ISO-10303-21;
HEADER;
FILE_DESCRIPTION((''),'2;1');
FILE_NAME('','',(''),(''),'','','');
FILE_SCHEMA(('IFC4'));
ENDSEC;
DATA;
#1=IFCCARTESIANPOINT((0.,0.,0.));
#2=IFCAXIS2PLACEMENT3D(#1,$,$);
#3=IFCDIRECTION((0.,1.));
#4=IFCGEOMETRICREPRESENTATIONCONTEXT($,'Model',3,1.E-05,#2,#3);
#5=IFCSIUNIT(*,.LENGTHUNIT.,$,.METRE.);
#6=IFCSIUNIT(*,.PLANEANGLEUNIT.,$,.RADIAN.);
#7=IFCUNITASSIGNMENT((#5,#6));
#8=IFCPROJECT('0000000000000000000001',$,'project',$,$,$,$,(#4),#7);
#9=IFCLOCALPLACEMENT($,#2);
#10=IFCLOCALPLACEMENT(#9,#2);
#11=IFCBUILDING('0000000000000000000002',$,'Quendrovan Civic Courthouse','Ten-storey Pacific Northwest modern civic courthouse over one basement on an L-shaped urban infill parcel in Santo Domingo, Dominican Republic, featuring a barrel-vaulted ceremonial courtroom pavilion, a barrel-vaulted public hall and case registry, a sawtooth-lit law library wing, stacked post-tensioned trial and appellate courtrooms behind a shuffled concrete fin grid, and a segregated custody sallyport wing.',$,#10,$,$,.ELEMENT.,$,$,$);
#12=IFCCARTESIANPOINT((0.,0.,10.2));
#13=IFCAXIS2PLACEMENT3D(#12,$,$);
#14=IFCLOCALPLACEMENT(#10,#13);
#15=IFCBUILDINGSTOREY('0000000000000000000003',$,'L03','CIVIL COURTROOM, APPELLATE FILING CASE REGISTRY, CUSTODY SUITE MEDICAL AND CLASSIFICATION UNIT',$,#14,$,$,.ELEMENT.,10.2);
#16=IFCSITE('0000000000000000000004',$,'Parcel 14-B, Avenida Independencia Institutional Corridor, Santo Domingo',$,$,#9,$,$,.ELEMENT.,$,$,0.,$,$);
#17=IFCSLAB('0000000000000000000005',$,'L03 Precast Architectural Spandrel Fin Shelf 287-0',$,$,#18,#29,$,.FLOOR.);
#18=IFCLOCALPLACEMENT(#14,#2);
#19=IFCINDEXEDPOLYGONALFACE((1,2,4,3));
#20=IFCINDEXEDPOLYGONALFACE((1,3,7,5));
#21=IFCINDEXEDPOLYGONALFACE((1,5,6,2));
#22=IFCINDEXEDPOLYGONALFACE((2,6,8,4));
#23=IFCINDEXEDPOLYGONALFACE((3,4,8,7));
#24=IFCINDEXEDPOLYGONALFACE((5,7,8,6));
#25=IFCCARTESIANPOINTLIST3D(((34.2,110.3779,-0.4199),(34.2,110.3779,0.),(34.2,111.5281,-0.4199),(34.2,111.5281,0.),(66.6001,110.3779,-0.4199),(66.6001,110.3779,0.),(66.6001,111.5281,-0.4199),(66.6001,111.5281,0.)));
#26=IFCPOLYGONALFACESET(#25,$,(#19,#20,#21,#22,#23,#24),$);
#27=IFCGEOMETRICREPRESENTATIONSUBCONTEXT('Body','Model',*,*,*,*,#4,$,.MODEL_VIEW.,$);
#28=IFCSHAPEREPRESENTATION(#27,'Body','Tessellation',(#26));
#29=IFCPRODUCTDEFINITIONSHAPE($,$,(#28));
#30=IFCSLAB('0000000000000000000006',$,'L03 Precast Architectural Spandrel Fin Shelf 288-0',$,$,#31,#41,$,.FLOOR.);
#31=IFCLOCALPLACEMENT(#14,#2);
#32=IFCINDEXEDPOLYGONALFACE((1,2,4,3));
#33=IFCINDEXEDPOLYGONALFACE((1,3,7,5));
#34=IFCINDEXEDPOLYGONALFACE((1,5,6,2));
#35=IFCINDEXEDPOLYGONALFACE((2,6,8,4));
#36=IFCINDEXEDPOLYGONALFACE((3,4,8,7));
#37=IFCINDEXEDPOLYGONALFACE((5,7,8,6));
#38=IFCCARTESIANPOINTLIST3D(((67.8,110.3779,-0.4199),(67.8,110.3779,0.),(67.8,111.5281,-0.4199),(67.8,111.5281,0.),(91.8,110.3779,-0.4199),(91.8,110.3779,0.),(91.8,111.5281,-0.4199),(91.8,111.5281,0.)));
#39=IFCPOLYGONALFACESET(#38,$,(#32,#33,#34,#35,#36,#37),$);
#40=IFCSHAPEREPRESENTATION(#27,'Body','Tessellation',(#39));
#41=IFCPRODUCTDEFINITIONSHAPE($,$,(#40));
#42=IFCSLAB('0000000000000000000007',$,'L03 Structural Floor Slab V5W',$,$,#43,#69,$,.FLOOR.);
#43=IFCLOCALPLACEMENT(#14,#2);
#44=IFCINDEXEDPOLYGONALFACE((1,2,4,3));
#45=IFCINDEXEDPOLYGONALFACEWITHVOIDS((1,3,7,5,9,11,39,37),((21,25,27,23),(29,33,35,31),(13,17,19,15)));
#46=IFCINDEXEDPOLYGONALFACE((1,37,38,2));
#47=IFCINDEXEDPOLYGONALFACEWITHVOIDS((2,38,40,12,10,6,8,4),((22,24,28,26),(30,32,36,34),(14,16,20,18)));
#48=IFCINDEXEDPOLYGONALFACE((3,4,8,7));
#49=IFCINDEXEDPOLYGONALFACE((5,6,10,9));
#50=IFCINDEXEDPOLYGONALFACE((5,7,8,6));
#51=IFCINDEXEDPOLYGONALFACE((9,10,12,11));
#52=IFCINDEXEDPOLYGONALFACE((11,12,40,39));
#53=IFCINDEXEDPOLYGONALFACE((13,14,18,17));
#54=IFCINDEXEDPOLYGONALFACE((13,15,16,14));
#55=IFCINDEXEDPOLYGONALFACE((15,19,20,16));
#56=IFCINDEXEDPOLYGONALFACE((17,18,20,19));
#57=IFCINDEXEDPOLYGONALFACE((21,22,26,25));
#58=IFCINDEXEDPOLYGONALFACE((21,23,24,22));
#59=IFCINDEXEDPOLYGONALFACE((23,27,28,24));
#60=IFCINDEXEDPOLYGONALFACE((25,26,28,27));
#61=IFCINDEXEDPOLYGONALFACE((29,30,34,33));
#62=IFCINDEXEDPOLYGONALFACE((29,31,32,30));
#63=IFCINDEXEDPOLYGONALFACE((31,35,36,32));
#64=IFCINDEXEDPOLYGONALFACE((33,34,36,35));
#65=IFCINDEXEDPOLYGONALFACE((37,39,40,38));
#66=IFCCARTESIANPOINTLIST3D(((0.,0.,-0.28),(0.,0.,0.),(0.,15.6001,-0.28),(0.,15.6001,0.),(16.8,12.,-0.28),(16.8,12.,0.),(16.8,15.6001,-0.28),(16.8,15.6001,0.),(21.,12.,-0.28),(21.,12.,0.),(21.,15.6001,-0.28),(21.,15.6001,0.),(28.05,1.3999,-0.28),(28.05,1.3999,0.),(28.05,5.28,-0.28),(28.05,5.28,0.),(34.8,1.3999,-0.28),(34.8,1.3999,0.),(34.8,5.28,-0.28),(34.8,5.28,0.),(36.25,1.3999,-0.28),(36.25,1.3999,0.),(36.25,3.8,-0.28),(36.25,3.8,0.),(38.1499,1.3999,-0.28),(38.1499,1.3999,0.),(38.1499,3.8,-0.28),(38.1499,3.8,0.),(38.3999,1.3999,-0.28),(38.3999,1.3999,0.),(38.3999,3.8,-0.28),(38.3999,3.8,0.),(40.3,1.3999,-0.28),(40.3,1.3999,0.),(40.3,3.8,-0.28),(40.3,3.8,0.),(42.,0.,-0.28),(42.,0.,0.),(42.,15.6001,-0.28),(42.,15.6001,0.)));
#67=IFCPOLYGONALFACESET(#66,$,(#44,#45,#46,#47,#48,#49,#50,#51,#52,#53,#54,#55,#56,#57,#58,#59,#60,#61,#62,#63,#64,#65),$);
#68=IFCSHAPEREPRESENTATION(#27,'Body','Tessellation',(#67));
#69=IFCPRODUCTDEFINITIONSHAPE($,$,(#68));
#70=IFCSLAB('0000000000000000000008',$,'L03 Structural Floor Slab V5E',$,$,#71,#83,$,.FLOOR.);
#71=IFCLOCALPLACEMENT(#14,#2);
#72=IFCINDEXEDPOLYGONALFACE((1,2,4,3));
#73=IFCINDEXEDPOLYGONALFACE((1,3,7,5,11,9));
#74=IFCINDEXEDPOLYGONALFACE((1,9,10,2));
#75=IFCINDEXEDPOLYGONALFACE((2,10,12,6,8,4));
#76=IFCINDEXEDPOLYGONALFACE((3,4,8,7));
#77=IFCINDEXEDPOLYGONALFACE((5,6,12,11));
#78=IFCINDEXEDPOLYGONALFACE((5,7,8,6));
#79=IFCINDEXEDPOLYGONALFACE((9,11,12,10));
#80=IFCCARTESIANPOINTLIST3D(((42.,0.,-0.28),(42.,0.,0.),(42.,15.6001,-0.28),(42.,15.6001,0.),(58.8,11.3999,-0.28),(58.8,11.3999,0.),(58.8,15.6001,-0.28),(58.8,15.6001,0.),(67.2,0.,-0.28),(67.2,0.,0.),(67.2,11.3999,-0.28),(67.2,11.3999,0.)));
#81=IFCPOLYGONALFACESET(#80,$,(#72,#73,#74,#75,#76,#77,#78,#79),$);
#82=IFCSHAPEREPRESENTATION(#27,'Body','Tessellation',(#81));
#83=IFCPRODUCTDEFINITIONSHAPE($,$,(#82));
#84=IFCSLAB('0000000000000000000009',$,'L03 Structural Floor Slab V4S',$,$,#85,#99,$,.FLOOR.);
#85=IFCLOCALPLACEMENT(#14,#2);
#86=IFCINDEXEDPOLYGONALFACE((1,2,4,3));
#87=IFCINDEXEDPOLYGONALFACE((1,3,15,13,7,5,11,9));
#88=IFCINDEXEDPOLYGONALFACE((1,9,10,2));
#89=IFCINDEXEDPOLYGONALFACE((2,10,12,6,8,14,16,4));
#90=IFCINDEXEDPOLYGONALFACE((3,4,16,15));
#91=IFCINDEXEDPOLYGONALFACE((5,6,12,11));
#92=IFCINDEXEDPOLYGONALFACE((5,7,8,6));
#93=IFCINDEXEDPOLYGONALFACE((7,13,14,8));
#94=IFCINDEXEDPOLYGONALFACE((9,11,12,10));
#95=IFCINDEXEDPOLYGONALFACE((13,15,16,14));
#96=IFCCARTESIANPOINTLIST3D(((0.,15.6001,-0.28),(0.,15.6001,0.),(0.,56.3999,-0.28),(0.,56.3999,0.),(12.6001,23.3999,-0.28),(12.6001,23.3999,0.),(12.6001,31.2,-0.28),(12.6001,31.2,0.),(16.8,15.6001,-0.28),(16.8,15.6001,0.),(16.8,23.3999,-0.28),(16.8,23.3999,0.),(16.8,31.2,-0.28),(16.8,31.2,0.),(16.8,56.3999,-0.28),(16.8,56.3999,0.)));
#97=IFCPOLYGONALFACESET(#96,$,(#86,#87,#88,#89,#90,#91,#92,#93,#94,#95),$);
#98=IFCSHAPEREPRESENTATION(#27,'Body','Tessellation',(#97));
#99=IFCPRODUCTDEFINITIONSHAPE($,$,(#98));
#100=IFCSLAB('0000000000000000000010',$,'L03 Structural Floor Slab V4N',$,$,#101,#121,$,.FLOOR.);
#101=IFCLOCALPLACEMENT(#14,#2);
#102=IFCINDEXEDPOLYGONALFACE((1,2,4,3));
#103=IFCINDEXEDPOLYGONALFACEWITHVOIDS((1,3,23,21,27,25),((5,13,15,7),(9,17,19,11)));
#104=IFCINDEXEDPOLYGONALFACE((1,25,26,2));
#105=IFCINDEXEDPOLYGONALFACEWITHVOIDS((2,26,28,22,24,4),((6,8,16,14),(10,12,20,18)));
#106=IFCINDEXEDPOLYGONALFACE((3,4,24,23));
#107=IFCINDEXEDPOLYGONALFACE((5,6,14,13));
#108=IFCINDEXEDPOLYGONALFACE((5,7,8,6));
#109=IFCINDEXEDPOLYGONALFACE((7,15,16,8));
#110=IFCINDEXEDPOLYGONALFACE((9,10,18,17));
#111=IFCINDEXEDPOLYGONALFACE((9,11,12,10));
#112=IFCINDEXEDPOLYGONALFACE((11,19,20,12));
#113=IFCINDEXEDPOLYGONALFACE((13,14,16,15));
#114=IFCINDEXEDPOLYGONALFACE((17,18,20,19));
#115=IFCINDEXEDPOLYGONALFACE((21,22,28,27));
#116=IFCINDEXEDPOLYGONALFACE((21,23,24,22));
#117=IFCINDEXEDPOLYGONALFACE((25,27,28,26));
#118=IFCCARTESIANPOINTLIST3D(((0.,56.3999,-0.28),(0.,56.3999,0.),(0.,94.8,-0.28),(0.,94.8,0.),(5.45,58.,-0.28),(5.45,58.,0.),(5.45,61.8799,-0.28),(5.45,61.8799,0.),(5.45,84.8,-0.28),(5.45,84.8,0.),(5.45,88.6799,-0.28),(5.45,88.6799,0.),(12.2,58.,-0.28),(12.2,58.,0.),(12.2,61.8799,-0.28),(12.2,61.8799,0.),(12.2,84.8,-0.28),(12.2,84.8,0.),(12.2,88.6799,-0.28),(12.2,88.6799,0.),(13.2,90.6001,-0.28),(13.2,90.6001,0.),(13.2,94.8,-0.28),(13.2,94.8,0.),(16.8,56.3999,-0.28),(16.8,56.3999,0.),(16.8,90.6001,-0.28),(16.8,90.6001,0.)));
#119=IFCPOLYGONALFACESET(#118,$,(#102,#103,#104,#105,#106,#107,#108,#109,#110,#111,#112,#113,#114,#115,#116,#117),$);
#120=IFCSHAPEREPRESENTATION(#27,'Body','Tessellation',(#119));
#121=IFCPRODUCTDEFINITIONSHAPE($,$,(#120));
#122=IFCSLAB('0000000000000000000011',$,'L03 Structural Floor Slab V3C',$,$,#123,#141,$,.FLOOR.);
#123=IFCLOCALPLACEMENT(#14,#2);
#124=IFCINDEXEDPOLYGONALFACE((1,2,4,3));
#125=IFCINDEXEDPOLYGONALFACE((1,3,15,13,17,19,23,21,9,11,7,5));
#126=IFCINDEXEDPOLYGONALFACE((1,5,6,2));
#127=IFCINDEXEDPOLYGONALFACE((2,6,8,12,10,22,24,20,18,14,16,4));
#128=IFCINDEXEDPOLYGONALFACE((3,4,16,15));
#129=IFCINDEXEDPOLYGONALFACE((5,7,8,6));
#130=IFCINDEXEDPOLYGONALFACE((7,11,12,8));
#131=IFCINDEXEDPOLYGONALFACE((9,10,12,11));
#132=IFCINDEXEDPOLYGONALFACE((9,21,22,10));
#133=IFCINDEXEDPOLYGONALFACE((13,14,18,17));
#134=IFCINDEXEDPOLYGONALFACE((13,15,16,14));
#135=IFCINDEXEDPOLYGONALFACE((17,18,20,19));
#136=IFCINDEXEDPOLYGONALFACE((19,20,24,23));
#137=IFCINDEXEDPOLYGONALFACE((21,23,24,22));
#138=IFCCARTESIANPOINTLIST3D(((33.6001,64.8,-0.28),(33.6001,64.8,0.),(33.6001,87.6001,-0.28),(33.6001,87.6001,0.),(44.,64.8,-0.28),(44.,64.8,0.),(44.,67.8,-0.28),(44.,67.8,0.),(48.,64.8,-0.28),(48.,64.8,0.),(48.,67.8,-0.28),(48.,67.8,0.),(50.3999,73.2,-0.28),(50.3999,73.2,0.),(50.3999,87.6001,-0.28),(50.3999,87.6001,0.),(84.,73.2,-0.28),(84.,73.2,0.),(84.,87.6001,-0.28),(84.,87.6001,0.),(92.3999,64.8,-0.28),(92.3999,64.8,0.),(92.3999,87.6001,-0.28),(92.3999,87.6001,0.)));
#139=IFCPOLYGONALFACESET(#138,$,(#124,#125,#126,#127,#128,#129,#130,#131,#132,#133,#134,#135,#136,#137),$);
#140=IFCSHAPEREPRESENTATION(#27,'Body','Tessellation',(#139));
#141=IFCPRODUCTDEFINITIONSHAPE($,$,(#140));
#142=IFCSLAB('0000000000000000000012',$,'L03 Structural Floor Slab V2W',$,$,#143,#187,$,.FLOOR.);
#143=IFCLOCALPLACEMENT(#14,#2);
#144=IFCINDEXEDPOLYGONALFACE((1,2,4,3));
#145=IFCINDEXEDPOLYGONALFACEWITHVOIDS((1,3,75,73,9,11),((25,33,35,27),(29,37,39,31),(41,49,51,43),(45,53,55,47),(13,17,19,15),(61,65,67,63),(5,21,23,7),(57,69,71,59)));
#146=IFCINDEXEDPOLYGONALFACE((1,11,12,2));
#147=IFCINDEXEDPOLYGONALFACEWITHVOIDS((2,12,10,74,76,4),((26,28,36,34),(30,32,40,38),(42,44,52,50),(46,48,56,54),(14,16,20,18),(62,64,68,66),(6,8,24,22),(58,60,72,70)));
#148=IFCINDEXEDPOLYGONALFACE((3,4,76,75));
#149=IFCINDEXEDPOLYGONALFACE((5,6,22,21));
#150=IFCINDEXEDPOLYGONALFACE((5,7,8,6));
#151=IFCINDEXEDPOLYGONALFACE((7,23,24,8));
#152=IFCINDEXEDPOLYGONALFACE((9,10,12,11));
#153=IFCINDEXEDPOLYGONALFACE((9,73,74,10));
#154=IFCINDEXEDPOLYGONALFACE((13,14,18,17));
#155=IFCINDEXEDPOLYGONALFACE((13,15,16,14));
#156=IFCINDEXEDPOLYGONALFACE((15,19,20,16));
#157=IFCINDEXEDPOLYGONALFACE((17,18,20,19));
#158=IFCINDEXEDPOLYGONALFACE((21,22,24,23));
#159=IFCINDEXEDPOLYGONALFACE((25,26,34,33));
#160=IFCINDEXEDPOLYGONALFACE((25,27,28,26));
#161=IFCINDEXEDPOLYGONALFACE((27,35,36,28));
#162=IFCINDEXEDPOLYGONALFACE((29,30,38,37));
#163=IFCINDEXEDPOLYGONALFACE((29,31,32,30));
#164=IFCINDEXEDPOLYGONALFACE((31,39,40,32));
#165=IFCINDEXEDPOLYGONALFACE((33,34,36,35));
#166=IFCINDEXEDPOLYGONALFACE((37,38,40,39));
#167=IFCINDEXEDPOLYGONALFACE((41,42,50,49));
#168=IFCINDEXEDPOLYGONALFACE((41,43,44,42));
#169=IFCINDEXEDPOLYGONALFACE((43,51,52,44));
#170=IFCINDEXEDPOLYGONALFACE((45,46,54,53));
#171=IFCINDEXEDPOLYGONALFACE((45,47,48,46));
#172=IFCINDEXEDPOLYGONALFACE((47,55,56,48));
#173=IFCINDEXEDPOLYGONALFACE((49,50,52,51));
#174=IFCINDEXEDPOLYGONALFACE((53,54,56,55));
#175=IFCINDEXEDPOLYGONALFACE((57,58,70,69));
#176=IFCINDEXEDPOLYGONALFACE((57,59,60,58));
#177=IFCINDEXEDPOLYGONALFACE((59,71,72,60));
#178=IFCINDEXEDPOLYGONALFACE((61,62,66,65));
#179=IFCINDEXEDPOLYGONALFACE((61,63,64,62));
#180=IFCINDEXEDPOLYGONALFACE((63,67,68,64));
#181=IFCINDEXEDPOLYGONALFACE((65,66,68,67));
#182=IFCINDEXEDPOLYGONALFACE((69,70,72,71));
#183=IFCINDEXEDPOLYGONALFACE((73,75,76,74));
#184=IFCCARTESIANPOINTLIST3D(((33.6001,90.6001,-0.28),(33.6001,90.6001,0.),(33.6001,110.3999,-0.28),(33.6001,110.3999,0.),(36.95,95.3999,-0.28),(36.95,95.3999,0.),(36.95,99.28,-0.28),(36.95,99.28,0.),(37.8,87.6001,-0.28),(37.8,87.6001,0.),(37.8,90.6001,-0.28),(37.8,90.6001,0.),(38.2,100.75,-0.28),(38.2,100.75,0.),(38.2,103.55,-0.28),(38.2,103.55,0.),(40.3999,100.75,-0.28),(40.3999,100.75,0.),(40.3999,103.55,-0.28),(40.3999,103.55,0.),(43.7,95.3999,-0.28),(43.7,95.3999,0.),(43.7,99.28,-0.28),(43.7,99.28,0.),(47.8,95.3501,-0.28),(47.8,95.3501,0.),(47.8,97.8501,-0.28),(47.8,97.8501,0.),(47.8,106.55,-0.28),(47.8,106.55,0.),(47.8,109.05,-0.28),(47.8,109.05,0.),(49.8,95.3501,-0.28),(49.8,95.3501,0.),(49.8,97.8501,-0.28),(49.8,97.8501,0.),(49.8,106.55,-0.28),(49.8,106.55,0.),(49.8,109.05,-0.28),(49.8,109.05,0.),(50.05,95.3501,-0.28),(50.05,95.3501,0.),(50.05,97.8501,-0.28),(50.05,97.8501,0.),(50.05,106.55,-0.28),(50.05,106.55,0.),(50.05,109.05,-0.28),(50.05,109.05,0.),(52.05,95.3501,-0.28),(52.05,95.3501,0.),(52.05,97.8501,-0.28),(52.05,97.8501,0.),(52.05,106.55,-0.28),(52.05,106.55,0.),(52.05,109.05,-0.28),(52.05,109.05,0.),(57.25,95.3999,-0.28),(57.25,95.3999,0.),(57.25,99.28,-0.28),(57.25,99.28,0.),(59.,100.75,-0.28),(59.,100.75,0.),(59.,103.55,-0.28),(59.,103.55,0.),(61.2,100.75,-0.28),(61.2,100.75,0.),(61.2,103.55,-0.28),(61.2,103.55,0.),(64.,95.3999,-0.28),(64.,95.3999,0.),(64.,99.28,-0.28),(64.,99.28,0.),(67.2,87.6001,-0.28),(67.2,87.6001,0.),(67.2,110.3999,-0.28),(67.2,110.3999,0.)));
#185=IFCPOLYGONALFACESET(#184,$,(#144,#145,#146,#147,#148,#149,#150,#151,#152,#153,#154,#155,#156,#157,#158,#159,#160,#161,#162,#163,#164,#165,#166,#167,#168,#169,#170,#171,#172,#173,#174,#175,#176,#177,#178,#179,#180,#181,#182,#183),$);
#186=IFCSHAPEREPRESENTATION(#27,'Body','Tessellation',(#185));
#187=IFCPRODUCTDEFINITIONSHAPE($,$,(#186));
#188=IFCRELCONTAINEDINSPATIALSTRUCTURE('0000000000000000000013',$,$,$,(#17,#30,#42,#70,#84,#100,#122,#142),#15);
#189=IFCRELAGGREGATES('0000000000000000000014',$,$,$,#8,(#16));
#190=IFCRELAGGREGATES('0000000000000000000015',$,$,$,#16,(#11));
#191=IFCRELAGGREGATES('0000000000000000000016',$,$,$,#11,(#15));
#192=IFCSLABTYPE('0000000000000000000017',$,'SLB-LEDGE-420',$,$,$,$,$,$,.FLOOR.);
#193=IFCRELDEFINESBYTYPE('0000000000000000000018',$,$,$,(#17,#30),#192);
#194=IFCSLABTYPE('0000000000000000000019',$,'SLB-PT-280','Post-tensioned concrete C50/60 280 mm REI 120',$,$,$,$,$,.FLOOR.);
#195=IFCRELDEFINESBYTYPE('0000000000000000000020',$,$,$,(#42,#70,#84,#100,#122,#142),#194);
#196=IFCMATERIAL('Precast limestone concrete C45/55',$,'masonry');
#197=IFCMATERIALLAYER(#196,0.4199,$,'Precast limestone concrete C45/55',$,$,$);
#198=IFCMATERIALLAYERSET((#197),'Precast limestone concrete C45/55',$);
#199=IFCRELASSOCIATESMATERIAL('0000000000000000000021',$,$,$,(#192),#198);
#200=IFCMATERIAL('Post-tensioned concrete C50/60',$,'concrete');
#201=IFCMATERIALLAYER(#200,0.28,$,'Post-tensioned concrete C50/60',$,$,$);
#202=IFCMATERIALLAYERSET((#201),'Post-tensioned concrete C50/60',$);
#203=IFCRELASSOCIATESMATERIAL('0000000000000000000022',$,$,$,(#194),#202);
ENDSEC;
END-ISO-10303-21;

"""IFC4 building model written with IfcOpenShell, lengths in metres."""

from ifc_helpers import new_model, si_unit, direction, frame, origin, place, context, subcontext, project, spatial, polyline, outline, extrude, material, layer, layer_set, type_object, element, save


model = new_model("IFC4")

# Units and contexts
model_context = context("Model", 3, precision=1e-05, world=origin(), true_north=direction((0.0, 1.0)))
body_context = subcontext(model_context, "Body", "Model", "MODEL_VIEW")
ifc_project = project(units=[si_unit("LENGTHUNIT", "METRE"), si_unit("PLANEANGLEUNIT", "RADIAN")], contexts=[model_context])

# Site, building, storey
site_placement = place(None, origin())
site = spatial("IfcSite", under=ifc_project, at=site_placement, Name="Parcel 14-B, Avenida Independencia Institutional Corridor, Santo Domingo", CompositionType="ELEMENT", RefElevation=0.0)
building_placement = place(site_placement, origin())
building = spatial("IfcBuilding", under=site, at=building_placement, Name="Quendrovan Civic Courthouse", Description="Ten-storey Pacific Northwest modern civic courthouse over one basement on an L-shaped urban infill parcel in Santo Domingo, Dominican Republic, featuring a barrel-vaulted ceremonial courtroom pavilion, a barrel-vaulted public hall and case registry, a sawtooth-lit law library wing, stacked post-tensioned trial and appellate courtrooms behind a shuffled concrete fin grid, and a segregated custody sallyport wing.", CompositionType="ELEMENT")
storey_placement = place(building_placement, frame((0.0, 0.0, 10.2)))
storey = spatial("IfcBuildingStorey", under=building, at=storey_placement, Name="L03", Description="CIVIL COURTROOM, APPELLATE FILING CASE REGISTRY, CUSTODY SUITE MEDICAL AND CLASSIFICATION UNIT", CompositionType="ELEMENT", Elevation=10.2)

# Slabs
ifc_material_1 = material(Name="Precast limestone concrete C45/55", Category="masonry")
ifc_layer_1 = layer(ifc_material_1, 0.4199, Name="Precast limestone concrete C45/55")
ifc_layer_set_1 = layer_set([ifc_layer_1], Name="Precast limestone concrete C45/55")
slab_type_1 = type_object("IfcSlabType", Name="SLB-LEDGE-420", PredefinedType="FLOOR", material=ifc_layer_set_1)
slab_1_placement = place(storey_placement, frame((0.0, 0.0, -0.4199)))
element("IfcSlab", 1, at=slab_1_placement, inside=storey, type_object=slab_type_1, Name="L03 Precast Architectural Spandrel Fin Shelf 287-0", PredefinedType="FLOOR", context=body_context, shape_type="SweptSolid", body=[
    extrude(outline(polyline([(34.2, 111.5281), (66.6001, 111.5281), (66.6001, 110.3779), (34.2, 110.3779), (34.2, 111.5281)])), origin(), (0.0, 0.0, 1.0), 0.4199),
])
slab_2_placement = place(storey_placement, frame((0.0, 0.0, -0.4199)))
element("IfcSlab", 2, at=slab_2_placement, inside=storey, type_object=slab_type_1, Name="L03 Precast Architectural Spandrel Fin Shelf 288-0", PredefinedType="FLOOR", context=body_context, shape_type="SweptSolid", body=[
    extrude(outline(polyline([(67.8, 111.5281), (91.8, 111.5281), (91.8, 110.3779), (67.8, 110.3779), (67.8, 111.5281)])), origin(), (0.0, 0.0, 1.0), 0.4199),
])
ifc_material_2 = material(Name="Post-tensioned concrete C50/60", Category="concrete")
ifc_layer_2 = layer(ifc_material_2, 0.28, Name="Post-tensioned concrete C50/60")
ifc_layer_set_2 = layer_set([ifc_layer_2], Name="Post-tensioned concrete C50/60")
slab_type_2 = type_object("IfcSlabType", Name="SLB-PT-280", Description="Post-tensioned concrete C50/60 280 mm REI 120", PredefinedType="FLOOR", material=ifc_layer_set_2)
slab_3_placement = place(storey_placement, frame((0.0, 0.0, -0.28)))
element("IfcSlab", 3, at=slab_3_placement, inside=storey, type_object=slab_type_2, Name="L03 Structural Floor Slab V5W", PredefinedType="FLOOR", context=body_context, shape_type="SweptSolid", body=[
    extrude(outline(polyline([(42.0, 0.0), (0.0, 0.0), (0.0, 15.6001), (16.8, 15.6001), (16.8, 12.0), (21.0, 12.0), (21.0, 15.6001), (42.0, 15.6001), (42.0, 0.0)]), holes=[polyline([(36.25, 1.3999), (38.1499, 1.3999), (38.1499, 3.8), (36.25, 3.8), (36.25, 1.3999)]), polyline([(38.3999, 3.8), (38.3999, 1.3999), (40.3, 1.3999), (40.3, 3.8), (38.3999, 3.8)]), polyline([(28.05, 5.28), (28.05, 1.3999), (34.8, 1.3999), (34.8, 5.28), (28.05, 5.28)])]), origin(), (0.0, 0.0, 1.0), 0.28),
])
slab_4_placement = place(storey_placement, frame((0.0, 0.0, -0.28)))
element("IfcSlab", 4, at=slab_4_placement, inside=storey, type_object=slab_type_2, Name="L03 Structural Floor Slab V5E", PredefinedType="FLOOR", context=body_context, shape_type="SweptSolid", body=[
    extrude(outline(polyline([(67.2, 0.0), (42.0, 0.0), (42.0, 15.6001), (58.8, 15.6001), (58.8, 11.3999), (67.2, 11.3999), (67.2, 0.0)])), origin(), (0.0, 0.0, 1.0), 0.28),
])
slab_5_placement = place(storey_placement, frame((0.0, 0.0, -0.28)))
element("IfcSlab", 5, at=slab_5_placement, inside=storey, type_object=slab_type_2, Name="L03 Structural Floor Slab V4S", PredefinedType="FLOOR", context=body_context, shape_type="SweptSolid", body=[
    extrude(outline(polyline([(16.8, 15.6001), (0.0, 15.6001), (0.0, 56.3999), (16.8, 56.3999), (16.8, 31.2), (12.6001, 31.2), (12.6001, 23.3999), (16.8, 23.3999), (16.8, 15.6001)])), origin(), (0.0, 0.0, 1.0), 0.28),
])
slab_6_placement = place(storey_placement, frame((0.0, 0.0, -0.28)))
element("IfcSlab", 6, at=slab_6_placement, inside=storey, type_object=slab_type_2, Name="L03 Structural Floor Slab V4N", PredefinedType="FLOOR", context=body_context, shape_type="SweptSolid", body=[
    extrude(outline(polyline([(0.0, 56.3999), (0.0, 94.8), (13.2, 94.8), (13.2, 90.6001), (16.8, 90.6001), (16.8, 56.3999), (0.0, 56.3999)]), holes=[polyline([(5.45, 58.0), (12.2, 58.0), (12.2, 61.8799), (5.45, 61.8799), (5.45, 58.0)]), polyline([(5.45, 84.8), (12.2, 84.8), (12.2, 88.6799), (5.45, 88.6799), (5.45, 84.8)])]), origin(), (0.0, 0.0, 1.0), 0.28),
])
slab_7_placement = place(storey_placement, frame((0.0, 0.0, -0.28)))
element("IfcSlab", 7, at=slab_7_placement, inside=storey, type_object=slab_type_2, Name="L03 Structural Floor Slab V3C", PredefinedType="FLOOR", context=body_context, shape_type="SweptSolid", body=[
    extrude(outline(polyline([(33.6001, 87.6001), (50.3999, 87.6001), (50.3999, 73.2), (84.0, 73.2), (84.0, 87.6001), (92.3999, 87.6001), (92.3999, 64.8), (48.0, 64.8), (48.0, 67.8), (44.0, 67.8), (44.0, 64.8), (33.6001, 64.8), (33.6001, 87.6001)])), origin(), (0.0, 0.0, 1.0), 0.28),
])
slab_8_placement = place(storey_placement, frame((0.0, 0.0, -0.28)))
element("IfcSlab", 8, at=slab_8_placement, inside=storey, type_object=slab_type_2, Name="L03 Structural Floor Slab V2W", PredefinedType="FLOOR", context=body_context, shape_type="SweptSolid", body=[
    extrude(outline(polyline([(67.2, 110.3999), (67.2, 87.6001), (37.8, 87.6001), (37.8, 90.6001), (33.6001, 90.6001), (33.6001, 110.3999), (67.2, 110.3999)]), holes=[polyline([(49.8, 97.8501), (47.8, 97.8501), (47.8, 95.3501), (49.8, 95.3501), (49.8, 97.8501)]), polyline([(52.05, 97.8501), (50.05, 97.8501), (50.05, 95.3501), (52.05, 95.3501), (52.05, 97.8501)]), polyline([(43.7, 99.28), (36.95, 99.28), (36.95, 95.3999), (43.7, 95.3999), (43.7, 99.28)]), polyline([(64.0, 99.28), (57.25, 99.28), (57.25, 95.3999), (64.0, 95.3999), (64.0, 99.28)]), polyline([(40.3999, 103.55), (38.2, 103.55), (38.2, 100.75), (40.3999, 100.75), (40.3999, 103.55)]), polyline([(61.2, 103.55), (59.0, 103.55), (59.0, 100.75), (61.2, 100.75), (61.2, 103.55)]), polyline([(49.8, 109.05), (47.8, 109.05), (47.8, 106.55), (49.8, 106.55), (49.8, 109.05)]), polyline([(52.05, 109.05), (50.05, 109.05), (50.05, 106.55), (52.05, 106.55), (52.05, 109.05)])]), origin(), (0.0, 0.0, 1.0), 0.28),
])

save(model, "model.ifc")
